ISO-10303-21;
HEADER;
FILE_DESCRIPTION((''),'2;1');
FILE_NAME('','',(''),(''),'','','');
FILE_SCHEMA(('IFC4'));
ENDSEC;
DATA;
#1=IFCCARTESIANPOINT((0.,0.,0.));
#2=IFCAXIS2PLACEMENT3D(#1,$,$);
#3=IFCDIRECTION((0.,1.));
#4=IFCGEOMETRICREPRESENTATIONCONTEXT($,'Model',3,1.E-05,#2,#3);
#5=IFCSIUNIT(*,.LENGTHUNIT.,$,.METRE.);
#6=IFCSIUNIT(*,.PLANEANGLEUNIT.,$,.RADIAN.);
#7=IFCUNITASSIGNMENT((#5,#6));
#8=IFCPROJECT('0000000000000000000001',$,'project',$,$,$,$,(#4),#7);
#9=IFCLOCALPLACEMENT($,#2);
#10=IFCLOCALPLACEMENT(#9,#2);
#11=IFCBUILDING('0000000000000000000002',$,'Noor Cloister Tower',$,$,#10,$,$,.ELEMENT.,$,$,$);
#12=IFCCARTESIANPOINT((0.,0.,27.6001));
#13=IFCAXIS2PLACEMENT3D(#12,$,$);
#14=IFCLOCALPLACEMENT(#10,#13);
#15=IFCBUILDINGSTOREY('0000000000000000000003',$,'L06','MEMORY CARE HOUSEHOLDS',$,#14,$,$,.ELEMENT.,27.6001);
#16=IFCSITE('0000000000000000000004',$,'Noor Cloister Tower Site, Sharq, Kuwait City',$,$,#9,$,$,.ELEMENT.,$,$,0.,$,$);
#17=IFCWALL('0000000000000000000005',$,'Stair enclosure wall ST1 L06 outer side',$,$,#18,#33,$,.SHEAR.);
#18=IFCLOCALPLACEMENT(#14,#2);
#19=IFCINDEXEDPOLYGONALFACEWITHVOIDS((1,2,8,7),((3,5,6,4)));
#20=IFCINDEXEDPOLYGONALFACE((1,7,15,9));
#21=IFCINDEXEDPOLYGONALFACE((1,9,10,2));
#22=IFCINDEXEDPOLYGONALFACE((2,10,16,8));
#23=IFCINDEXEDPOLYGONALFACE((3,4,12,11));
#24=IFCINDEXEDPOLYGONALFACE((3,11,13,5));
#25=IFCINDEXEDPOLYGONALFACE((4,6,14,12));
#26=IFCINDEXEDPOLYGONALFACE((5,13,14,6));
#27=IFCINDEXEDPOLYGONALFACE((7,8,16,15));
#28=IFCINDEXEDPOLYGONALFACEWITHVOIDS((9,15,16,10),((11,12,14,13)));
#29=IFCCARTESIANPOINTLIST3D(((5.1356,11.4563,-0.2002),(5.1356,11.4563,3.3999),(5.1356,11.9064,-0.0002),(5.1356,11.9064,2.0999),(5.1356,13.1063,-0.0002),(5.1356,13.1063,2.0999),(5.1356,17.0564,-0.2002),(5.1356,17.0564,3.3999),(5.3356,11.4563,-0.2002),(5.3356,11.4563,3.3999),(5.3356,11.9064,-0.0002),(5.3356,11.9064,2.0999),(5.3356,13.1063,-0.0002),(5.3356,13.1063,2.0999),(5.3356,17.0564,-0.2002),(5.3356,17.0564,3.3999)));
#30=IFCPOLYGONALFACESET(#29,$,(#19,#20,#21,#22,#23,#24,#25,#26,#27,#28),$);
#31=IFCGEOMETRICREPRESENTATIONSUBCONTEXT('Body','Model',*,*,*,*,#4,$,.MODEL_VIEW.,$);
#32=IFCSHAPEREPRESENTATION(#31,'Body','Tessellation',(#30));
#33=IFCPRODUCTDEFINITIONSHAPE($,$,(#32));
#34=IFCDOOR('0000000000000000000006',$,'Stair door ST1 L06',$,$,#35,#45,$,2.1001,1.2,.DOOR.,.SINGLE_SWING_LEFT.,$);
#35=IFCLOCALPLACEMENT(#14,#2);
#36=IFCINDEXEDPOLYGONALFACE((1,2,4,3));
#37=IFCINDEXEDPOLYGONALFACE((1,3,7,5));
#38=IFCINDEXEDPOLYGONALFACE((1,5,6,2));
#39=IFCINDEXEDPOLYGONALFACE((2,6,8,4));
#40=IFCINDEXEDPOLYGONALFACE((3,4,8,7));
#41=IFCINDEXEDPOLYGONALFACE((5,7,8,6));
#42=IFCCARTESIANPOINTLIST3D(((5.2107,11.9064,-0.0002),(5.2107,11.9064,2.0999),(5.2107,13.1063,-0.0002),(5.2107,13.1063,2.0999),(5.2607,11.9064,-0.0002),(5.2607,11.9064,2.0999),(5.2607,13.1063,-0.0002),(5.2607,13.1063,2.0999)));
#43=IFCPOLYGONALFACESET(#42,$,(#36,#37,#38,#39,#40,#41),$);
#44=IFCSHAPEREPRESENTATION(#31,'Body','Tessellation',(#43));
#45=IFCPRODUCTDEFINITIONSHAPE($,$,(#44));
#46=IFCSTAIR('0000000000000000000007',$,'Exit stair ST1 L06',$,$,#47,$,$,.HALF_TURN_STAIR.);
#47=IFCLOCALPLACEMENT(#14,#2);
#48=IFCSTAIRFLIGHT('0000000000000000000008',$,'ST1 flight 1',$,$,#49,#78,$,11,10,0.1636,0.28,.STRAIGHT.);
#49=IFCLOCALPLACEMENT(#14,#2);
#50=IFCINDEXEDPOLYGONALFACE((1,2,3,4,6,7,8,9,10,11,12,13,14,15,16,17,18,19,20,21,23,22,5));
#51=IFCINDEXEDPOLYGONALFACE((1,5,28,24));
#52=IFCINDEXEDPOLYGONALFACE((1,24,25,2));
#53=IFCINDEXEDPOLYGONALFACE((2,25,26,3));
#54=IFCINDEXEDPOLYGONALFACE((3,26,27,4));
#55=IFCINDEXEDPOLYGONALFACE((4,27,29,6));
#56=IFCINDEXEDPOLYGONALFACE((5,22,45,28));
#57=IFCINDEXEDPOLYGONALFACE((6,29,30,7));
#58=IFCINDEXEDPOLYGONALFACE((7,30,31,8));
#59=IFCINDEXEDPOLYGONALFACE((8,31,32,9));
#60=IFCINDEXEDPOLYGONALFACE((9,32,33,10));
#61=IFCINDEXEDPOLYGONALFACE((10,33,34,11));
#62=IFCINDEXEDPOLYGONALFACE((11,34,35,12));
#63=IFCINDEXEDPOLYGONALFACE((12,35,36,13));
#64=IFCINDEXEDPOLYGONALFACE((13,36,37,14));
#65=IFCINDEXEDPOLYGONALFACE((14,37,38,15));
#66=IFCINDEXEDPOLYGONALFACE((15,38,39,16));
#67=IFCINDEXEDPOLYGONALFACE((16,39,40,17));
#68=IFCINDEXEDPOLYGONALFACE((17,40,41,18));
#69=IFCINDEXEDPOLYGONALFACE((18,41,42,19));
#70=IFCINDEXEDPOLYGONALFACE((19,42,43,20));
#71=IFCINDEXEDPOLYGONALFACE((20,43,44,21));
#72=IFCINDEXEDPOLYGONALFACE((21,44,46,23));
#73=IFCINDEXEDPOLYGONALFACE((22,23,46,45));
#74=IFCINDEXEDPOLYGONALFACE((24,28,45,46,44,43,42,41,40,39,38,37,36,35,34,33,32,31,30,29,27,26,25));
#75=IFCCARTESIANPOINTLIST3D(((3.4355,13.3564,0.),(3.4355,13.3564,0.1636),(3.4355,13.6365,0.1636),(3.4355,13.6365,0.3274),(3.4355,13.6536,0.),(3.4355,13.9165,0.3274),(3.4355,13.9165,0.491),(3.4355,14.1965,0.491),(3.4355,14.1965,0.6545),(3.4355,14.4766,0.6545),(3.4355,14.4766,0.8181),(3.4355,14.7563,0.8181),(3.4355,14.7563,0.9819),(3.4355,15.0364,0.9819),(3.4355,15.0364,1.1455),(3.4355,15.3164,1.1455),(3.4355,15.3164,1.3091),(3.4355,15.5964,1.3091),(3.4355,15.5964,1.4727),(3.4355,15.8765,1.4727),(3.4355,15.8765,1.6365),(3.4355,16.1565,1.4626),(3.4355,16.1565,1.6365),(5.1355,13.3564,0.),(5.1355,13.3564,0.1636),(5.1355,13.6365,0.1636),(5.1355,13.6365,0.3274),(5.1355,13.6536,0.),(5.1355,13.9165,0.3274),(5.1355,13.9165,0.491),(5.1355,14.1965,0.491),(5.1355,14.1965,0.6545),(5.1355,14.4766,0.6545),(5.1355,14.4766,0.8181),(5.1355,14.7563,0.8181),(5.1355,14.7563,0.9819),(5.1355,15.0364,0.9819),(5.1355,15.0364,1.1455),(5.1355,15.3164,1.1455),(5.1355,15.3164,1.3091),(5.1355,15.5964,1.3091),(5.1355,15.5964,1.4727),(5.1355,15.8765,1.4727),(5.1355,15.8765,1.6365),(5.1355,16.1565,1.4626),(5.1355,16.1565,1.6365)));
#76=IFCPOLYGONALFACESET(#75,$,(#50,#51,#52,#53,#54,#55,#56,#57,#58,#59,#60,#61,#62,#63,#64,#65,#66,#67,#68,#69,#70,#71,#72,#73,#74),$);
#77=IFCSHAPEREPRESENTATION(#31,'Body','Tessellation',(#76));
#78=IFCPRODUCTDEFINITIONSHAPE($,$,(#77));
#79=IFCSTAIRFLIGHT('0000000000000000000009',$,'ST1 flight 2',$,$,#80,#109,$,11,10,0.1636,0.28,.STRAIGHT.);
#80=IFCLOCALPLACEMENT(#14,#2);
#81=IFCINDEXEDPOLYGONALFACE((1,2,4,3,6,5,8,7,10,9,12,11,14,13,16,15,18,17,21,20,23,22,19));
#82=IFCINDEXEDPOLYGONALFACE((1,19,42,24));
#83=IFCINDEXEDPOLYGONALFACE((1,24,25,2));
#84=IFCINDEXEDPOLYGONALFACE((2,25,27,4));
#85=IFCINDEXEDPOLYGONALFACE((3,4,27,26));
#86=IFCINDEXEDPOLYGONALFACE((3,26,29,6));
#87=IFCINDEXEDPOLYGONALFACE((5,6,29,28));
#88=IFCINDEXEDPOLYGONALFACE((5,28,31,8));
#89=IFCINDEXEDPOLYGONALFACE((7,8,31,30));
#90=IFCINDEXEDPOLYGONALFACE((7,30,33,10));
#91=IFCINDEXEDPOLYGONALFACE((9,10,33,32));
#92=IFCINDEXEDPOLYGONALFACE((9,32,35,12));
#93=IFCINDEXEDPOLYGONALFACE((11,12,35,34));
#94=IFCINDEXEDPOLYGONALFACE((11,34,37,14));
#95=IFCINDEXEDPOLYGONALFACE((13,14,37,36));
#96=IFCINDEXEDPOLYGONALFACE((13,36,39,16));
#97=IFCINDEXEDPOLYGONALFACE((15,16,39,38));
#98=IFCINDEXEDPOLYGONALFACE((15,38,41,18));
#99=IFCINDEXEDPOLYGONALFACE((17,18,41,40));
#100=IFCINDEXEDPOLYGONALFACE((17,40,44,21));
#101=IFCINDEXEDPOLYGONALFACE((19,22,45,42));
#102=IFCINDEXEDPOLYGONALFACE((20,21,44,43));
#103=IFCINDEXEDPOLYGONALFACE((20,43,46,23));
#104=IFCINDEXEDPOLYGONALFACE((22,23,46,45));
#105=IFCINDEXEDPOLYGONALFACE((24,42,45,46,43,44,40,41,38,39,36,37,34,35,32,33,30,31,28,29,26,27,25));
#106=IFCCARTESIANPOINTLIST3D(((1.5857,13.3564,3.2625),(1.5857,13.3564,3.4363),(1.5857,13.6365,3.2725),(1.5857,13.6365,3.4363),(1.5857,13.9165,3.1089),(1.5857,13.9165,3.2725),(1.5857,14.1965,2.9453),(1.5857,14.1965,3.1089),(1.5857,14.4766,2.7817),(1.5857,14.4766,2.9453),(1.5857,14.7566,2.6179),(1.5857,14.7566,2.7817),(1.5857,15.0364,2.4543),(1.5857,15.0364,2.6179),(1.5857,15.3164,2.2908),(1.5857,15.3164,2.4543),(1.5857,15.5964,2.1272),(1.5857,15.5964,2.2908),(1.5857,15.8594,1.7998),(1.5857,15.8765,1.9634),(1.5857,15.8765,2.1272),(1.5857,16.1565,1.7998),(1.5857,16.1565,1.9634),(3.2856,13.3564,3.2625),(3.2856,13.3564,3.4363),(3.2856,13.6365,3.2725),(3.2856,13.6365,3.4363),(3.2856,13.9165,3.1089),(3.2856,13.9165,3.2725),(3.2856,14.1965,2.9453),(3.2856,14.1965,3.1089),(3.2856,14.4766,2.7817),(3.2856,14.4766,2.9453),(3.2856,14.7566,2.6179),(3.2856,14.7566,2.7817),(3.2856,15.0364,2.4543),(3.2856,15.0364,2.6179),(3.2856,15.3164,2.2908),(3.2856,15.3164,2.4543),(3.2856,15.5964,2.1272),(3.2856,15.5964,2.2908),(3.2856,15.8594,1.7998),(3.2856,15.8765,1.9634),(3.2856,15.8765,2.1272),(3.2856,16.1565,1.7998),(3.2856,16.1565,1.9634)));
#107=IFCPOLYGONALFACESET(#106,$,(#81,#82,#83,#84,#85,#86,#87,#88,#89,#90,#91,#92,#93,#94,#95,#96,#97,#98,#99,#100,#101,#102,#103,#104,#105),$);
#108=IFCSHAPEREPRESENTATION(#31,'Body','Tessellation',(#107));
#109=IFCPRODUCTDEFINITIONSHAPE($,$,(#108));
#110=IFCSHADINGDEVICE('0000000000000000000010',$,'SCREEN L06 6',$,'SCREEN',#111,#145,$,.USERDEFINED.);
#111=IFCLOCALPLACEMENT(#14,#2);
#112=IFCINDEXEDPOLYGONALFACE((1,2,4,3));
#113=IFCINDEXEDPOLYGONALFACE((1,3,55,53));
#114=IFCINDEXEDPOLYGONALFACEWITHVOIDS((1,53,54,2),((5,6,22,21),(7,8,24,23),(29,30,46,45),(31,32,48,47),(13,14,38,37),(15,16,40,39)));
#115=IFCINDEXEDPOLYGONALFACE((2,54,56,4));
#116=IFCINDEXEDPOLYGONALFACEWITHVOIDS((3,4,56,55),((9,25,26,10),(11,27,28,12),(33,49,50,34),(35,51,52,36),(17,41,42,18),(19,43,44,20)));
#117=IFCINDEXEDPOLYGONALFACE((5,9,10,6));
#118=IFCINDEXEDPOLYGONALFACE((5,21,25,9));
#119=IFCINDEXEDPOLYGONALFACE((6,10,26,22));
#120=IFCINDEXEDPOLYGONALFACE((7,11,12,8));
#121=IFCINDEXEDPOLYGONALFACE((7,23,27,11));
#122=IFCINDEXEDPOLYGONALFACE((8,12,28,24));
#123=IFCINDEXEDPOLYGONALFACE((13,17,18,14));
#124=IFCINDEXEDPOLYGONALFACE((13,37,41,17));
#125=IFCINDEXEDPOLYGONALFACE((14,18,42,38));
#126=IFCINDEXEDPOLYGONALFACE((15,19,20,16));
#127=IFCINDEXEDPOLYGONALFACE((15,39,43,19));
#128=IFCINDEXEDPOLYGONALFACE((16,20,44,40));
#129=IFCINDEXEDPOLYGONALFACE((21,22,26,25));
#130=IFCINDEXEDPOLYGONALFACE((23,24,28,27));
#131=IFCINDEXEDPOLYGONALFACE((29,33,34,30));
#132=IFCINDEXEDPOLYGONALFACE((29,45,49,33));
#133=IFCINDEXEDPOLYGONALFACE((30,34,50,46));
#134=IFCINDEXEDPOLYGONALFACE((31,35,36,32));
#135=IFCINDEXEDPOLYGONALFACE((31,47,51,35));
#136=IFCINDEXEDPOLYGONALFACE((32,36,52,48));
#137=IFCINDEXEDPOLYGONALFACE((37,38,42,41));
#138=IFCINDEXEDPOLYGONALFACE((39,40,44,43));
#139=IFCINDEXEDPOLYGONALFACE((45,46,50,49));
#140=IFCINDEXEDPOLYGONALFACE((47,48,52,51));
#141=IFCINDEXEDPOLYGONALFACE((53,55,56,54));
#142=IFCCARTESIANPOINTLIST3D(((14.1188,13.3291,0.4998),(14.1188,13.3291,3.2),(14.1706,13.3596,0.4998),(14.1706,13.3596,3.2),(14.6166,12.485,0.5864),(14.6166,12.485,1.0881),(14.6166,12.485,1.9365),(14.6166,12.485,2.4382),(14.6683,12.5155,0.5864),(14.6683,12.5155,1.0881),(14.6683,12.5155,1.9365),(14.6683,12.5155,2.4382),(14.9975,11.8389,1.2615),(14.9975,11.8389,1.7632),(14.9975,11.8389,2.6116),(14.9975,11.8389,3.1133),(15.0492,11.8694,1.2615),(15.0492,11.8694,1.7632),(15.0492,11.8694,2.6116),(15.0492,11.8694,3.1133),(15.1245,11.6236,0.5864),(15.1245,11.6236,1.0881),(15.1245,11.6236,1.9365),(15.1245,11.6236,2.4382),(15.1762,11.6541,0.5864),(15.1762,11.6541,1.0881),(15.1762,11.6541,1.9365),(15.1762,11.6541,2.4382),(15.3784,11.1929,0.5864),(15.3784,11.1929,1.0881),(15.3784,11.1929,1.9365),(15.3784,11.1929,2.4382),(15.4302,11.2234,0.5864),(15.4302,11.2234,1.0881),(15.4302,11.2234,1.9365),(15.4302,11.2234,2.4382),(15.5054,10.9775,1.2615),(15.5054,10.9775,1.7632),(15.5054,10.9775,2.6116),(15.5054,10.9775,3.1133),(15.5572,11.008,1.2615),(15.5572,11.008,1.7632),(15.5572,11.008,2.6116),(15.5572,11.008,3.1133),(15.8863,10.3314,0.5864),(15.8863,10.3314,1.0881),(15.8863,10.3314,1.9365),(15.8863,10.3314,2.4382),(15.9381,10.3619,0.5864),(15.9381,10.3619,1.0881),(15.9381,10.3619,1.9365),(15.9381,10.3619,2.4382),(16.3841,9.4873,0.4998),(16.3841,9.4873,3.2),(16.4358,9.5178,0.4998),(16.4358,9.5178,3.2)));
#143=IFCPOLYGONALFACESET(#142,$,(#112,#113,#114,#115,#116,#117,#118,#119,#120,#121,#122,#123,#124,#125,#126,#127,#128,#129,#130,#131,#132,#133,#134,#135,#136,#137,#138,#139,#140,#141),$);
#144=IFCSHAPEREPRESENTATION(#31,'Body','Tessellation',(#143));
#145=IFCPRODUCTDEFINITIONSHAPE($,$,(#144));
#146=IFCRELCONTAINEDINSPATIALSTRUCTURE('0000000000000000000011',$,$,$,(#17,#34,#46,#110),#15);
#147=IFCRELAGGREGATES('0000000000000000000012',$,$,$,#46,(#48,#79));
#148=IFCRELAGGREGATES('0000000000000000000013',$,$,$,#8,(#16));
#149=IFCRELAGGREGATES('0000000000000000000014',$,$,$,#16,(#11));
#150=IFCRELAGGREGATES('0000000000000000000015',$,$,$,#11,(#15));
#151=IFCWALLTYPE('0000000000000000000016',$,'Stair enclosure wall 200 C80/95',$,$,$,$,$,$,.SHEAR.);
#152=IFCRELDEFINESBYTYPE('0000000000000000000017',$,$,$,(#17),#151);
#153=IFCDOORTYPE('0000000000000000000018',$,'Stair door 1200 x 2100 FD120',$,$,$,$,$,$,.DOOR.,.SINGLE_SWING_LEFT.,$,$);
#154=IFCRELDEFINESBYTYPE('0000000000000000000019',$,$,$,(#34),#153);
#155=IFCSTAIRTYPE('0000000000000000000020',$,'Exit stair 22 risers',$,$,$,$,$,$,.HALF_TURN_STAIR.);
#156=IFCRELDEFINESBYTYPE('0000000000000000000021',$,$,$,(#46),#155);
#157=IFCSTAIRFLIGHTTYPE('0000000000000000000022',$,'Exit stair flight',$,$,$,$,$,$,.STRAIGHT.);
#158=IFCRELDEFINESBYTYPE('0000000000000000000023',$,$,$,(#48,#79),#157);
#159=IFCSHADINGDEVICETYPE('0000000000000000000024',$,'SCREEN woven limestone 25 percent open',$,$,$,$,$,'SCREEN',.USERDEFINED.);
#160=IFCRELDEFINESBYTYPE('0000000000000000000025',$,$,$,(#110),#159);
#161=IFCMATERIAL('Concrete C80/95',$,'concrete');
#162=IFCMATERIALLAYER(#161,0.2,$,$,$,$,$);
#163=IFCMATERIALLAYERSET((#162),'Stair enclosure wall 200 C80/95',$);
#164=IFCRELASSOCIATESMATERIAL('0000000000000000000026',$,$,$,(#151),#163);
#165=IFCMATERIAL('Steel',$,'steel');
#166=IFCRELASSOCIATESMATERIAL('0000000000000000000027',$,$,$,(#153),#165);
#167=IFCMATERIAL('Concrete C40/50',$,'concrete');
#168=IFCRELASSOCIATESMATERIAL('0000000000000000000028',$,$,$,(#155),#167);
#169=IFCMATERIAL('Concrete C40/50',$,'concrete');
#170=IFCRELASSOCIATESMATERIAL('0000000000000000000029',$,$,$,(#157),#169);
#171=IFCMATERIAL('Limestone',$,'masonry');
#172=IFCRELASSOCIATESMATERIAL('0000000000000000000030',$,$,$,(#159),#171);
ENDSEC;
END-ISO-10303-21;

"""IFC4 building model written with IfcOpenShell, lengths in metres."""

from ifc_helpers import new_model, si_unit, direction, frame, frame_2d, origin, place, context, subcontext, project, spatial, polyline, rectangle, outline, extrude, material, layer, layer_set, material_profile, profile_set, type_object, element, fill, aggregate, save


model = new_model("IFC4")

# Units and contexts
model_context = context("Model", 3, precision=1e-05, world=origin(), true_north=direction((0.0, 1.0)))
body_context = subcontext(model_context, "Body", "Model", "MODEL_VIEW")
ifc_project = project(units=[si_unit("LENGTHUNIT", "METRE"), si_unit("PLANEANGLEUNIT", "RADIAN")], contexts=[model_context])

# Site, building, storey
site_placement = place(None, origin())
site = spatial("IfcSite", under=ifc_project, at=site_placement, Name="Noor Cloister Tower Site, Sharq, Kuwait City", CompositionType="ELEMENT", RefElevation=0.0)
building_placement = place(site_placement, origin())
building = spatial("IfcBuilding", under=site, at=building_placement, Name="Noor Cloister Tower", CompositionType="ELEMENT")
storey_placement = place(building_placement, frame((0.0, 0.0, 27.6001)))
storey = spatial("IfcBuildingStorey", under=building, at=storey_placement, Name="L06", Description="MEMORY CARE HOUSEHOLDS", CompositionType="ELEMENT", Elevation=27.6001)

# Wall, opening, door
ifc_material_1 = material(Name="Concrete C80/95", Category="concrete")
ifc_layer_1 = layer(ifc_material_1, 0.2)
ifc_layer_set_1 = layer_set([ifc_layer_1], Name="Stair enclosure wall 200 C80/95")
wall_type_1 = type_object("IfcWallType", Name="Stair enclosure wall 200 C80/95", PredefinedType="SHEAR", material=ifc_layer_set_1)
ifc_material_2 = material(Name="Steel", Category="steel")
door_type_1 = type_object("IfcDoorType", Name="Stair door 1200 x 2100 FD120", OperationType="SINGLE_SWING_LEFT", PredefinedType="DOOR", material=ifc_material_2)
wall_1_placement = place(storey_placement, frame((5.2356, 11.4563, -0.2002), z_axis=(0.0, 0.0, 1.0), x_axis=(0.0, 1.0, 0.0)))
wall_1 = element("IfcWall", 1, at=wall_1_placement, inside=storey, type_object=wall_type_1, Name="Stair enclosure wall ST1 L06 outer side", PredefinedType="SHEAR", context=body_context, shape_type="SweptSolid", body=[
    extrude(rectangle(XDim=5.6001, YDim=0.2, at=frame_2d((2.8, 0.0))), origin(), (0.0, 0.0, 1.0), 3.6001),
])
opening_1_placement = place(wall_1_placement, frame((0.45, 0.0, 0.2)))
opening_1 = element("IfcOpeningElement", 2, at=opening_1_placement, cuts=wall_1, PredefinedType="OPENING", context=body_context, shape_type="SweptSolid", body=[
    extrude(rectangle(XDim=1.2, YDim=2.1001, at=frame_2d((0.6001, 1.05))), frame((0.0, 0.1099, 0.0), z_axis=(0.0, -1.0, 0.0), x_axis=(1.0, 0.0, 0.0)), (0.0, 0.0, 1.0), 0.22),
])
door_1_placement = place(opening_1_placement, origin())
door_1 = element("IfcDoor", 3, at=door_1_placement, inside=storey, type_object=door_type_1, Name="Stair door ST1 L06", OperationType="SINGLE_SWING_LEFT", OverallHeight=2.1001, OverallWidth=1.2, PredefinedType="DOOR", context=body_context, shape_type="SweptSolid", body=[
    extrude(rectangle(XDim=1.2, YDim=2.1001, at=frame_2d((0.6001, 1.05))), frame((0.0, 0.0249, 0.0), z_axis=(0.0, -1.0, 0.0), x_axis=(1.0, 0.0, 0.0)), (0.0, 0.0, 1.0), 0.05),
])
fill(opening_1, door_1)

# Stair, stair flights
ifc_material_3 = material(Name="Concrete C40/50", Category="concrete")
stair_type = type_object("IfcStairType", Name="Exit stair 22 risers", PredefinedType="HALF_TURN_STAIR", material=ifc_material_3)
stair_placement = place(storey_placement, origin())
stair = element("IfcStair", 4, at=stair_placement, inside=storey, type_object=stair_type, Name="Exit stair ST1 L06", PredefinedType="HALF_TURN_STAIR")
ifc_material_4 = material(Name="Concrete C40/50", Category="concrete")
stair_flight_type = type_object("IfcStairFlightType", Name="Exit stair flight", PredefinedType="STRAIGHT", material=ifc_material_4)
stair_flight_1_placement = place(storey_placement, frame((4.2856, 13.3564, 0.0), z_axis=(0.0, 0.0, 1.0), x_axis=(0.0, 1.0, 0.0)))
stair_flight_1 = element("IfcStairFlight", 5, at=stair_flight_1_placement, type_object=stair_flight_type, Name="ST1 flight 1", NumberOfRisers=11, NumberOfTreads=10, PredefinedType="STRAIGHT", RiserHeight=0.1636, TreadLength=0.28, context=body_context, shape_type="SweptSolid", body=[
    extrude(outline(polyline([(0.0, 0.0), (0.0, 0.1636), (0.28, 0.1636), (0.28, 0.3274), (0.5601, 0.3274), (0.5601, 0.491), (0.8401, 0.491), (0.8401, 0.6545), (1.1201, 0.6545), (1.1201, 0.8181), (1.3999, 0.8181), (1.3999, 0.9819), (1.6799, 0.9819), (1.6799, 1.1455), (1.96, 1.1455), (1.96, 1.3091), (2.24, 1.3091), (2.24, 1.4727), (2.52, 1.4727), (2.52, 1.6365), (2.8, 1.6365), (2.8, 1.8), (2.8, 1.4626), (0.2971, 0.0), (0.0, 0.0)])), frame((0.0, 0.8501, 0.0), z_axis=(0.0, -1.0, 0.0), x_axis=(1.0, 0.0, 0.0)), (0.0, 0.0, 1.0), 1.7),
])
stair_flight_2_placement = place(storey_placement, frame((2.4355, 16.1565, 1.7998), z_axis=(0.0, 0.0, 1.0), x_axis=(0.0, -1.0, 0.0)))
stair_flight_2 = element("IfcStairFlight", 6, at=stair_flight_2_placement, type_object=stair_flight_type, Name="ST1 flight 2", NumberOfRisers=11, NumberOfTreads=10, PredefinedType="STRAIGHT", RiserHeight=0.1636, TreadLength=0.28, context=body_context, shape_type="SweptSolid", body=[
    extrude(outline(polyline([(0.0, 0.0), (0.0, 0.1636), (0.28, 0.1636), (0.28, 0.3274), (0.5601, 0.3274), (0.5601, 0.491), (0.8401, 0.491), (0.8401, 0.6545), (1.1201, 0.6545), (1.1201, 0.8181), (1.3999, 0.8181), (1.3999, 0.9819), (1.6799, 0.9819), (1.6799, 1.1455), (1.96, 1.1455), (1.96, 1.3091), (2.24, 1.3091), (2.24, 1.4727), (2.52, 1.4727), (2.52, 1.6365), (2.8, 1.6365), (2.8, 1.8), (2.8, 1.4626), (0.2971, 0.0), (0.0, 0.0)])), frame((0.0, 0.8501, 0.0), z_axis=(0.0, -1.0, 0.0), x_axis=(1.0, 0.0, 0.0)), (0.0, 0.0, 1.0), 1.7),
])
aggregate(stair, [stair_flight_1, stair_flight_2])

# Shading device
ifc_material_5 = material(Name="Limestone", Category="masonry")
ifc_material_profile_1 = material_profile(ifc_material_5, outline(polyline([(-2.23, -1.3501), (2.23, -1.3501), (2.23, 1.3501), (-2.23, 1.3501), (-2.23, -1.3501)]), holes=[polyline([(-1.25, -1.2634), (-0.25, -1.2634), (-0.25, -0.7617), (-1.25, -0.7617), (-1.25, -1.2634)]), polyline([(0.25, -1.2634), (1.25, -1.2634), (1.25, -0.7617), (0.25, -0.7617), (0.25, -1.2634)]), polyline([(-0.5, -0.5884), (0.5, -0.5884), (0.5, -0.0867), (-0.5, -0.0867), (-0.5, -0.5884)]), polyline([(-1.25, 0.0867), (-0.25, 0.0867), (-0.25, 0.5884), (-1.25, 0.5884), (-1.25, 0.0867)]), polyline([(0.25, 0.0867), (1.25, 0.0867), (1.25, 0.5884), (0.25, 0.5884), (0.25, 0.0867)]), polyline([(-0.5, 0.7617), (0.5, 0.7617), (0.5, 1.2634), (-0.5, 1.2634), (-0.5, 0.7617)])]), Name="Woven screen 25 percent open")
ifc_profile_set_1 = profile_set([ifc_material_profile_1], Name="Limestone")
shading_device_type = type_object("IfcShadingDeviceType", Name="SCREEN woven limestone 25 percent open", ElementType="SCREEN", PredefinedType="USERDEFINED", material=ifc_profile_set_1)
for number, where, z_axis, x_axis, name in (
    (7, (15.2515, 11.4082, 1.8499), (0.861411, 0.507908, 0.0), (-0.507908, 0.861411, 0.0), "SCREEN L06 6"),
):
    element("IfcShadingDevice", number, at=place(storey_placement, frame(where, z_axis=z_axis, x_axis=x_axis)), inside=storey, type_object=shading_device_type, Name=name, ObjectType="SCREEN", PredefinedType="USERDEFINED", context=body_context, shape_type="SweptSolid", body=[
        extrude(outline(polyline([(-2.23, -1.3501), (2.23, -1.3501), (2.23, 1.3501), (-2.23, 1.3501), (-2.23, -1.3501)]), holes=[polyline([(-1.25, -1.2634), (-0.25, -1.2634), (-0.25, -0.7617), (-1.25, -0.7617), (-1.25, -1.2634)]), polyline([(0.25, -1.2634), (1.25, -1.2634), (1.25, -0.7617), (0.25, -0.7617), (0.25, -1.2634)]), polyline([(-0.5, -0.5884), (0.5, -0.5884), (0.5, -0.0867), (-0.5, -0.0867), (-0.5, -0.5884)]), polyline([(-1.25, 0.0867), (-0.25, 0.0867), (-0.25, 0.5884), (-1.25, 0.5884), (-1.25, 0.0867)]), polyline([(0.25, 0.0867), (1.25, 0.0867), (1.25, 0.5884), (0.25, 0.5884), (0.25, 0.0867)]), polyline([(-0.5, 0.7617), (0.5, 0.7617), (0.5, 1.2634), (-0.5, 1.2634), (-0.5, 0.7617)])]), origin(), (0.0, 0.0, 1.0), 0.0601),
    ])

save(model, "model.ifc")
